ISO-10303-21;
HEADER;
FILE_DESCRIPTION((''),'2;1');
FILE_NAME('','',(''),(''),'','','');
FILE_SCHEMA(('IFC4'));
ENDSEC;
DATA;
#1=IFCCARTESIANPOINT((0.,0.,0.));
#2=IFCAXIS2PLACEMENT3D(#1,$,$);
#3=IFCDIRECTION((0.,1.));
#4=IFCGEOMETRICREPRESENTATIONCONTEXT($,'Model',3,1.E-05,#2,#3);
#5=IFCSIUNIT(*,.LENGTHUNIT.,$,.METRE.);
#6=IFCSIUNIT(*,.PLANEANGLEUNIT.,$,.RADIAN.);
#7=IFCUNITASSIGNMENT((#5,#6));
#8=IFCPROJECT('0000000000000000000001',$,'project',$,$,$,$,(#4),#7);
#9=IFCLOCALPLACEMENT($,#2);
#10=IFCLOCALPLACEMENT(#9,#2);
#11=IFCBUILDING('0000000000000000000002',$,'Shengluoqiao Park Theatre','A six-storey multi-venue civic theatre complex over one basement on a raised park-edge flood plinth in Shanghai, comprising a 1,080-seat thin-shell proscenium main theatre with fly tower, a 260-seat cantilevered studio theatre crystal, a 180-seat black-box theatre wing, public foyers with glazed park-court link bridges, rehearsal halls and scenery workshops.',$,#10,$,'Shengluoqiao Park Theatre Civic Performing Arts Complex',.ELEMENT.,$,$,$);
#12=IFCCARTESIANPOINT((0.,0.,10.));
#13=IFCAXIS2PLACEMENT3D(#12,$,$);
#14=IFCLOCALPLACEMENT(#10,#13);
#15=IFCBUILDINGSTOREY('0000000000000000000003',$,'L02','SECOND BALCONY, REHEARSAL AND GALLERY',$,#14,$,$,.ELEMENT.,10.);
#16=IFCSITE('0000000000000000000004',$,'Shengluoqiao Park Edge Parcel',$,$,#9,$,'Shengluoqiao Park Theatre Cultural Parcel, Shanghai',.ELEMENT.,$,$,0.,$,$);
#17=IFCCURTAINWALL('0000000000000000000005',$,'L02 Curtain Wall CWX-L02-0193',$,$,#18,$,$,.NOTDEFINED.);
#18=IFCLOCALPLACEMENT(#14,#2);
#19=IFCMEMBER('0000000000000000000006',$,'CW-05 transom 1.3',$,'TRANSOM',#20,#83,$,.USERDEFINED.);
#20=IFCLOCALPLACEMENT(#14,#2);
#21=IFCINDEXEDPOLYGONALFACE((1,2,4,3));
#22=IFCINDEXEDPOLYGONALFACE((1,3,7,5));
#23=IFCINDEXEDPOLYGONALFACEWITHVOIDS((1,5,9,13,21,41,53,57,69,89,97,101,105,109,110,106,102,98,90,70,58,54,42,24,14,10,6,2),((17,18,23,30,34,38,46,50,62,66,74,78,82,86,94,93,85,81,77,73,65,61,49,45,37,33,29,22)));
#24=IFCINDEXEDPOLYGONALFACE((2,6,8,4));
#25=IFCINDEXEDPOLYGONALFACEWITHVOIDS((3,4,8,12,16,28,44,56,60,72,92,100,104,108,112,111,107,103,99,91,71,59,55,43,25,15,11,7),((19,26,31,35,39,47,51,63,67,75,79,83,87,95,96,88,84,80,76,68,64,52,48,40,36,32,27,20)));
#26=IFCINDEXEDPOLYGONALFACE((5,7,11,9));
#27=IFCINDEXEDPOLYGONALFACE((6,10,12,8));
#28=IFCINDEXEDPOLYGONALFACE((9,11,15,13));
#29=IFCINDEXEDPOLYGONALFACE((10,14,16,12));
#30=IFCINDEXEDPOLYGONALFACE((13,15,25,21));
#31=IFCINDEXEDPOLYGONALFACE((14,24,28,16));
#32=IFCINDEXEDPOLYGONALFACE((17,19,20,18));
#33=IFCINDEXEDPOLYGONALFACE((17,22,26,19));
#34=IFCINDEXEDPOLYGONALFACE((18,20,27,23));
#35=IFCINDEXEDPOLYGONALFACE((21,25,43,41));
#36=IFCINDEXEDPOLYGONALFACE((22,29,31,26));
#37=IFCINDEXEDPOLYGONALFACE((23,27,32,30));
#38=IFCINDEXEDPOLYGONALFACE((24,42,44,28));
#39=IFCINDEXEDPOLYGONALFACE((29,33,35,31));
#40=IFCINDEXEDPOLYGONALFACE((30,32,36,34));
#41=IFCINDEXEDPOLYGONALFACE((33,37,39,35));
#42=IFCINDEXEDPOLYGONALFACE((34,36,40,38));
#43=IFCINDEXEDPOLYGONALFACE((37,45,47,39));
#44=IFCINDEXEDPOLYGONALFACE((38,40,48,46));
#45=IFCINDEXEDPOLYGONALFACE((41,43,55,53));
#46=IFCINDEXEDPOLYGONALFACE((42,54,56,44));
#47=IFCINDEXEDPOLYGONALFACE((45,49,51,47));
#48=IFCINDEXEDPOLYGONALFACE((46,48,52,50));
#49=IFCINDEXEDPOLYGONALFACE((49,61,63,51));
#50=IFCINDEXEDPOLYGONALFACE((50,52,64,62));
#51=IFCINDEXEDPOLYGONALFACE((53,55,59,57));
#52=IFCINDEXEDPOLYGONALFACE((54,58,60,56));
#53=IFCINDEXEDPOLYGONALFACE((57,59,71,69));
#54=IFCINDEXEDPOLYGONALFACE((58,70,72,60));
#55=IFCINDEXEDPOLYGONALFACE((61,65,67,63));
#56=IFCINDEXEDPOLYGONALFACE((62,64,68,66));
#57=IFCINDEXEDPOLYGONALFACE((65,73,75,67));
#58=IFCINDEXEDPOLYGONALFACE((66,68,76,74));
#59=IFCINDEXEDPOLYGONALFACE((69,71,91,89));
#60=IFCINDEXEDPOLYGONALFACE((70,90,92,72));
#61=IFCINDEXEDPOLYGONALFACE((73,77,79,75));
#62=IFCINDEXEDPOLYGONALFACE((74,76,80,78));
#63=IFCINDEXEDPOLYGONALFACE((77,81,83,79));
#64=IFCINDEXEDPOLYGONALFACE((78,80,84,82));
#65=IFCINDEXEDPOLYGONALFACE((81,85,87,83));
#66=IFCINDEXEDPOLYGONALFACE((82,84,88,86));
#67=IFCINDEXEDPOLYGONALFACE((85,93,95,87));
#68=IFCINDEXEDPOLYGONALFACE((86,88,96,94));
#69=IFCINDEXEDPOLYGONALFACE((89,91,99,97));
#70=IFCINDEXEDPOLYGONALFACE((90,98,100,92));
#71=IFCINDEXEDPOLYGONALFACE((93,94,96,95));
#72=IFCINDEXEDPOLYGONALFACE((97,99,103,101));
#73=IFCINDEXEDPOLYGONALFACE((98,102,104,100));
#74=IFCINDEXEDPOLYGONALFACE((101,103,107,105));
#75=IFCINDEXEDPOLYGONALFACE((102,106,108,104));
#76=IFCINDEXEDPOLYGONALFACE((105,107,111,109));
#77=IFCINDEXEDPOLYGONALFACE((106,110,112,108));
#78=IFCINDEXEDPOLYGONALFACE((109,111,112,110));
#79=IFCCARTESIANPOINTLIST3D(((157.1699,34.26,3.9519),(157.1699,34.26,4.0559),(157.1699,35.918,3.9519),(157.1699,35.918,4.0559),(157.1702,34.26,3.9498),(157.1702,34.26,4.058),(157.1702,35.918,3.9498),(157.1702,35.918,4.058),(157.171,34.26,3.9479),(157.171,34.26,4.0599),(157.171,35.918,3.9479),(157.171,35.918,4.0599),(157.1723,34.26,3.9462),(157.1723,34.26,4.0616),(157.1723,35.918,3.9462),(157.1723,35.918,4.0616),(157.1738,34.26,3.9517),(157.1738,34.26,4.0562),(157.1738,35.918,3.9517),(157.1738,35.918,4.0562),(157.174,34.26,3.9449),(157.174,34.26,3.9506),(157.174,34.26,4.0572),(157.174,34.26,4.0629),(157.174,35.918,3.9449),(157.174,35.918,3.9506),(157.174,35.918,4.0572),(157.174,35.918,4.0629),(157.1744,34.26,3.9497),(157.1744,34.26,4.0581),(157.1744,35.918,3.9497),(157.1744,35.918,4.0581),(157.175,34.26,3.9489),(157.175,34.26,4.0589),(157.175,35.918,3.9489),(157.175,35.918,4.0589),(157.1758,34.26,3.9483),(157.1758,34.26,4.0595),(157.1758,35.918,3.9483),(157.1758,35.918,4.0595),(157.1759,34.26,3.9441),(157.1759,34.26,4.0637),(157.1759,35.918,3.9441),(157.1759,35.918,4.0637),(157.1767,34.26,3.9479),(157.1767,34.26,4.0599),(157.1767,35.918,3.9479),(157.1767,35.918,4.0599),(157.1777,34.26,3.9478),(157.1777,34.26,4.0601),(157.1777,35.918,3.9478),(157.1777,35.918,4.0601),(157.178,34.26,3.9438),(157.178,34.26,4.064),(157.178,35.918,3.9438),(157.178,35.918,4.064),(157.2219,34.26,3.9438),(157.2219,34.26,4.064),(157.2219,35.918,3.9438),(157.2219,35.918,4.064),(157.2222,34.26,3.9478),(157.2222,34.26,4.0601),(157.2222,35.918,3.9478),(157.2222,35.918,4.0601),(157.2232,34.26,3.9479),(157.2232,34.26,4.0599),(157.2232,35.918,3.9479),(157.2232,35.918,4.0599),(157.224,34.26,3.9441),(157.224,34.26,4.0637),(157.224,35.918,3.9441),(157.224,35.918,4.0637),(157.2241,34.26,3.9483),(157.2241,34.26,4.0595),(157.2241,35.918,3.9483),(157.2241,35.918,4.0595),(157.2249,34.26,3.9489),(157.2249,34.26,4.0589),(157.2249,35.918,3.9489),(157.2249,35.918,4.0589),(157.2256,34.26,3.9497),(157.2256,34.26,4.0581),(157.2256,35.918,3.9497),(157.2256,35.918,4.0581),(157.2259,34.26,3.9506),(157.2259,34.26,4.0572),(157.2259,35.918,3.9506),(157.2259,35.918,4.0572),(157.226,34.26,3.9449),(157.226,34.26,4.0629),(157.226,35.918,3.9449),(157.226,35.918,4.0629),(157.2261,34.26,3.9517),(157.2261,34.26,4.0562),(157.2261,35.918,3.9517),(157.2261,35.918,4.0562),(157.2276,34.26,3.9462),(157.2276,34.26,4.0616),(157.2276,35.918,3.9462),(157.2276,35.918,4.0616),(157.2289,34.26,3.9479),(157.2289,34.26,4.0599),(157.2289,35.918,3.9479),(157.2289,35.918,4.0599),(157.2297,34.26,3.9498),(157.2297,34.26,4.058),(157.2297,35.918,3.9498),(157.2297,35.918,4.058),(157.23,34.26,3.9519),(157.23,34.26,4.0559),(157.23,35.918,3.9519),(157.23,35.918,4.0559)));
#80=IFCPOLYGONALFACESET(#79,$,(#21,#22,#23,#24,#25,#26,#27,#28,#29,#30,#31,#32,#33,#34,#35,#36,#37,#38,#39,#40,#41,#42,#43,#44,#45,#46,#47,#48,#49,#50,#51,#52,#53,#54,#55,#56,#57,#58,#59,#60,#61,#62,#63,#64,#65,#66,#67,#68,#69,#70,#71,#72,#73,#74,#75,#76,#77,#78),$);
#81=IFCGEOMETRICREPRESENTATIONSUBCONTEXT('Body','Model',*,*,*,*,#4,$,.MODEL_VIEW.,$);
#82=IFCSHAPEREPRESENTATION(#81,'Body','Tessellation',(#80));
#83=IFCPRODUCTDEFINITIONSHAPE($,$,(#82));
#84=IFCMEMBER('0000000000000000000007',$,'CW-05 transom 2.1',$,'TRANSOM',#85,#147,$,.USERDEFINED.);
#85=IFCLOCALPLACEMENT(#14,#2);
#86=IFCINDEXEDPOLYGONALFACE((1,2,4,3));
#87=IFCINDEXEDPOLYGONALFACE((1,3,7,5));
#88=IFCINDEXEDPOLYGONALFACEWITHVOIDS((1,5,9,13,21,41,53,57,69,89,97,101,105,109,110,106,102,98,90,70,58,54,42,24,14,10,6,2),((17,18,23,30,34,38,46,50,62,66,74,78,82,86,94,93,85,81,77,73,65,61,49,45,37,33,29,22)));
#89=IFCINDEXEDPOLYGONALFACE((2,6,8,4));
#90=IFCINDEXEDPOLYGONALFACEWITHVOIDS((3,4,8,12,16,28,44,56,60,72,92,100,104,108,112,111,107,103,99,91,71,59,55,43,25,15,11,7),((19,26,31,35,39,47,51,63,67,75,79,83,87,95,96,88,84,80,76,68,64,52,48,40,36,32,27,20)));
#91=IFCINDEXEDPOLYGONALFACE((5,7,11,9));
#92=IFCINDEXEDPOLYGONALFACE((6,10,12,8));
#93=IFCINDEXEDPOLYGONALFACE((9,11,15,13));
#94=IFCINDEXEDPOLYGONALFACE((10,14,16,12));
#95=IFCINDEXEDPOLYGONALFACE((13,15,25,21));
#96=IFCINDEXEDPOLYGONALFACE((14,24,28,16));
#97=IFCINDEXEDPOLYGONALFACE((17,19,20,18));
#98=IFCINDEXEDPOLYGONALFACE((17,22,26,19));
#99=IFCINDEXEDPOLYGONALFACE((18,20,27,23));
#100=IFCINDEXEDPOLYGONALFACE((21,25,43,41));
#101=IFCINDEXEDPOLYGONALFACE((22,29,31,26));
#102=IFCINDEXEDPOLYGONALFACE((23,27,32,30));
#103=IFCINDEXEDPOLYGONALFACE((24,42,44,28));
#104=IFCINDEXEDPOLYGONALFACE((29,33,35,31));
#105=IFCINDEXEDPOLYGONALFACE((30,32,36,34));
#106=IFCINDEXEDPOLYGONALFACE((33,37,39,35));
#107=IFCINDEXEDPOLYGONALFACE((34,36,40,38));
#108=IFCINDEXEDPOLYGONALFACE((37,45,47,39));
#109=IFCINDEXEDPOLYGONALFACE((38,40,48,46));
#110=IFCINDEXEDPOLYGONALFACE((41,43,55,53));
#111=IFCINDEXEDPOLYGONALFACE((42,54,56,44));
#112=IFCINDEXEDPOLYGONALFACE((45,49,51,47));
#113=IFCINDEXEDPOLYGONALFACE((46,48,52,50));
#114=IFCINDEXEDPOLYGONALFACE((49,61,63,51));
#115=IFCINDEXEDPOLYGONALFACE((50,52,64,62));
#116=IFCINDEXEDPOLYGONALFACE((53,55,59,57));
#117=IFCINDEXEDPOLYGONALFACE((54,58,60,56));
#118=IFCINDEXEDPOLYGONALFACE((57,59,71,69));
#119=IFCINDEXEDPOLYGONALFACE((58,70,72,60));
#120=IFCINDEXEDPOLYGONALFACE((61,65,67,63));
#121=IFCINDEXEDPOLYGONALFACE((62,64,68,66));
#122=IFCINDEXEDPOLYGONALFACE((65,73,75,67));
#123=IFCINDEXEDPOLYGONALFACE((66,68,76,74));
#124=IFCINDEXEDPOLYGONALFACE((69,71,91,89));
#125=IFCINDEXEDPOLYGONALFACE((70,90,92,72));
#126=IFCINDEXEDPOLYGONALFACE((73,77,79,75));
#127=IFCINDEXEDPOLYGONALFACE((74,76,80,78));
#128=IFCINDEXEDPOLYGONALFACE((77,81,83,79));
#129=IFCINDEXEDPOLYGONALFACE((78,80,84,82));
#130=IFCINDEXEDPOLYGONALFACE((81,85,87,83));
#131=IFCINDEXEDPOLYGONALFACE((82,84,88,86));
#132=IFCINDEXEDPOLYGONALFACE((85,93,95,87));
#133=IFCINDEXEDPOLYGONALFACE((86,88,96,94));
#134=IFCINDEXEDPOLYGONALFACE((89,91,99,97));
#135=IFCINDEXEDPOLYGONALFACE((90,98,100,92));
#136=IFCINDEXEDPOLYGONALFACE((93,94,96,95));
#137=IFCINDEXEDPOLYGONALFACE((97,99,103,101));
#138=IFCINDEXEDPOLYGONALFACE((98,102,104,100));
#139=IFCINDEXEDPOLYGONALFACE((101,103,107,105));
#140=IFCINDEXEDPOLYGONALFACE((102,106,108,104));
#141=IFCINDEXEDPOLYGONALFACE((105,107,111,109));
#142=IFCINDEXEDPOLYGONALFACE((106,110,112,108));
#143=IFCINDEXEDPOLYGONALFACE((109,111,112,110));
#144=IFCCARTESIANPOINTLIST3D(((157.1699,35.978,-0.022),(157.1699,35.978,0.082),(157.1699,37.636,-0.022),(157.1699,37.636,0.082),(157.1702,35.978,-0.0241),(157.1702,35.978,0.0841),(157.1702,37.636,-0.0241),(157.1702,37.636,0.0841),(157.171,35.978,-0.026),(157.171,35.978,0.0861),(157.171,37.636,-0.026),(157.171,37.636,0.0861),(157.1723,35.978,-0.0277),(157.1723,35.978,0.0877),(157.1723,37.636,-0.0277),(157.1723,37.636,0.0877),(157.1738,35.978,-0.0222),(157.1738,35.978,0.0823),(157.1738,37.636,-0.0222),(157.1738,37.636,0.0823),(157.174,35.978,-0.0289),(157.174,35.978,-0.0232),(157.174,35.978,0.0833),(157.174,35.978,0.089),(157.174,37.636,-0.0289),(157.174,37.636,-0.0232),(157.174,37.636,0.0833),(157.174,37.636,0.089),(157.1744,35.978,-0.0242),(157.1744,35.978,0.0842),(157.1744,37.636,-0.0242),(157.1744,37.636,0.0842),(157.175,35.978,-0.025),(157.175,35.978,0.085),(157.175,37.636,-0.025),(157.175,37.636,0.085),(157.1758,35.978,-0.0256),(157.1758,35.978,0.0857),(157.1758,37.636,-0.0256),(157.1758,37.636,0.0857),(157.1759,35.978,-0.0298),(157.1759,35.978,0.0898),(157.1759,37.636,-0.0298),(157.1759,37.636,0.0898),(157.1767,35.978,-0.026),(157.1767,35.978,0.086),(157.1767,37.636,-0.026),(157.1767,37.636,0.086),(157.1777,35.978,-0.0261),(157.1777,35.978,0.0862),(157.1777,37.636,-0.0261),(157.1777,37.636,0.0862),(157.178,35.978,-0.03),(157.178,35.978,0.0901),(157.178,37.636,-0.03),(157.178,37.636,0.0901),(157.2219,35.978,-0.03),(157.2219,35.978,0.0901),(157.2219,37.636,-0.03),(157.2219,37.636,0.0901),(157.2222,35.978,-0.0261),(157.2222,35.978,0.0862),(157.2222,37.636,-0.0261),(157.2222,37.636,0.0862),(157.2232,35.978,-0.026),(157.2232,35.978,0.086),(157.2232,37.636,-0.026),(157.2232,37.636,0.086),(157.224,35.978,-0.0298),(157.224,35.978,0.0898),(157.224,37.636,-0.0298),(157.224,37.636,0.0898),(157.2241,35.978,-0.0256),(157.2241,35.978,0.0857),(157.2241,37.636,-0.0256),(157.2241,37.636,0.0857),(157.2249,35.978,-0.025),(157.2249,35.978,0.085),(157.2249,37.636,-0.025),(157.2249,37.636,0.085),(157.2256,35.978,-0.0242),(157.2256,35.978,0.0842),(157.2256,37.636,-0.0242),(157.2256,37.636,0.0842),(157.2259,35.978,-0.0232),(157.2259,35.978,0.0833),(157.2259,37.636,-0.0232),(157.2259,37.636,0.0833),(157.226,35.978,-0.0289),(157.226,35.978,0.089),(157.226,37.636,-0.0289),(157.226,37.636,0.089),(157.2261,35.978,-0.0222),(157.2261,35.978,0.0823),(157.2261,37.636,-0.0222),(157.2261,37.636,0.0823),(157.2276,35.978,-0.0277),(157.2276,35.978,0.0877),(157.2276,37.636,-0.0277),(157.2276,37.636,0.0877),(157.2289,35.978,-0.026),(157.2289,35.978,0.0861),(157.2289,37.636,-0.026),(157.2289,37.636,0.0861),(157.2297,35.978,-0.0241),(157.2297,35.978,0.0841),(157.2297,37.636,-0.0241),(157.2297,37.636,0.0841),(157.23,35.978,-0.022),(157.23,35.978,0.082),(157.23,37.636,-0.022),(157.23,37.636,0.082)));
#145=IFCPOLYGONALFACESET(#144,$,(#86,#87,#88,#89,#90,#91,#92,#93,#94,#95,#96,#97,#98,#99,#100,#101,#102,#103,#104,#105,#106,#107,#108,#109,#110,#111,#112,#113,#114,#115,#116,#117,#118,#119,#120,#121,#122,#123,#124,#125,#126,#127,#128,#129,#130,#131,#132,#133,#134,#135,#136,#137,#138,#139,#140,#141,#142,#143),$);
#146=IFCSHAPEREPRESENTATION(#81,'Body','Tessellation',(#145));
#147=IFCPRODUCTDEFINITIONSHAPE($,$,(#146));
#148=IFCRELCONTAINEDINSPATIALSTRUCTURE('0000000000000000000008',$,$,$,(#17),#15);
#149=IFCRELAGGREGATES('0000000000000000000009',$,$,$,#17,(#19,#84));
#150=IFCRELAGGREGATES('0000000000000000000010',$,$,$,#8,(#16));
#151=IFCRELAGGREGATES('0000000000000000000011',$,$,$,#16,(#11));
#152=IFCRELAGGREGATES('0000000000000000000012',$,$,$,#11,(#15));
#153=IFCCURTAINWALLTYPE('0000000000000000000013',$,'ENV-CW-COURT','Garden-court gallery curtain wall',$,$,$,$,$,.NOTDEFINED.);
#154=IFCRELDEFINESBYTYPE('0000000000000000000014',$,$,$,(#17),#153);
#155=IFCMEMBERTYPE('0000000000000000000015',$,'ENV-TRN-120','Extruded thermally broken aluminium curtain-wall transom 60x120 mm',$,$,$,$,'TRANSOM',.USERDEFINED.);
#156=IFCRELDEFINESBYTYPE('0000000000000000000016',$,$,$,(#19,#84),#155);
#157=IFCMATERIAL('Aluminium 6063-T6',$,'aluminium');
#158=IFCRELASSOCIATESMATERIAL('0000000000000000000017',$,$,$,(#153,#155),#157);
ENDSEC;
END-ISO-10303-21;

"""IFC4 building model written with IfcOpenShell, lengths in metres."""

from ifc_helpers import new_model, si_unit, direction, frame, origin, origin_2d, place, context, subcontext, project, spatial, hollow_rectangle, extrude, material, material_profile, profile_set, type_object, element, aggregate, save


model = new_model("IFC4")

# Units and contexts
model_context = context("Model", 3, precision=1e-05, world=origin(), true_north=direction((0.0, 1.0)))
body_context = subcontext(model_context, "Body", "Model", "MODEL_VIEW")
ifc_project = project(units=[si_unit("LENGTHUNIT", "METRE"), si_unit("PLANEANGLEUNIT", "RADIAN")], contexts=[model_context])

# Site, building, storey
site_placement = place(None, origin())
site = spatial("IfcSite", under=ifc_project, at=site_placement, Name="Shengluoqiao Park Edge Parcel", LongName="Shengluoqiao Park Theatre Cultural Parcel, Shanghai", CompositionType="ELEMENT", RefElevation=0.0)
building_placement = place(site_placement, origin())
building = spatial("IfcBuilding", under=site, at=building_placement, Name="Shengluoqiao Park Theatre", Description="A six-storey multi-venue civic theatre complex over one basement on a raised park-edge flood plinth in Shanghai, comprising a 1,080-seat thin-shell proscenium main theatre with fly tower, a 260-seat cantilevered studio theatre crystal, a 180-seat black-box theatre wing, public foyers with glazed park-court link bridges, rehearsal halls and scenery workshops.", LongName="Shengluoqiao Park Theatre Civic Performing Arts Complex", CompositionType="ELEMENT")
storey_placement = place(building_placement, frame((0.0, 0.0, 10.0)))
storey = spatial("IfcBuildingStorey", under=building, at=storey_placement, Name="L02", Description="SECOND BALCONY, REHEARSAL AND GALLERY", CompositionType="ELEMENT", Elevation=10.0)

# Curtain wall
ifc_material_1 = material(Name="Aluminium 6063-T6", Category="aluminium")
curtain_wall_type = type_object("IfcCurtainWallType", Name="ENV-CW-COURT", Description="Garden-court gallery curtain wall", PredefinedType="NOTDEFINED", material=ifc_material_1)
curtain_wall_1_placement = place(storey_placement, origin())
curtain_wall_1 = element("IfcCurtainWall", 1, at=curtain_wall_1_placement, inside=storey, type_object=curtain_wall_type, Name="L02 Curtain Wall CWX-L02-0193", PredefinedType="NOTDEFINED")

# Members
ifc_material_profile_1 = material_profile(ifc_material_1, hollow_rectangle(XDim=0.0601, YDim=0.1201, WallThickness=0.0039, InnerFilletRadius=0.0039, OuterFilletRadius=0.0081, at=origin_2d()), Name="ALU TRANSOM 120x60x4")
ifc_profile_set_1 = profile_set([ifc_material_profile_1], Name="Aluminium 6063-T6")
member_type_1 = type_object("IfcMemberType", Name="ENV-TRN-120", Description="Extruded thermally broken aluminium curtain-wall transom 60x120 mm", ElementType="TRANSOM", PredefinedType="USERDEFINED", material=ifc_profile_set_1)
member_1_placement = place(storey_placement, frame((157.2, 34.26, 4.0039), z_axis=(0.0, 1.0, 0.0), x_axis=(-1.0, 0.0, 0.0)))
member_1 = element("IfcMember", 2, at=member_1_placement, type_object=member_type_1, Name="CW-05 transom 1.3", ObjectType="TRANSOM", PredefinedType="USERDEFINED", context=body_context, shape_type="SweptSolid", body=[
    extrude(hollow_rectangle(XDim=0.0601, YDim=0.1201, WallThickness=0.0039, InnerFilletRadius=0.0039, OuterFilletRadius=0.0081, at=origin_2d()), origin(), (0.0, 0.0, 1.0), 1.658),
])
member_2_placement = place(storey_placement, frame((157.2, 35.978, 0.03), z_axis=(0.0, 1.0, 0.0), x_axis=(-1.0, 0.0, 0.0)))
member_2 = element("IfcMember", 3, at=member_2_placement, type_object=member_type_1, Name="CW-05 transom 2.1", ObjectType="TRANSOM", PredefinedType="USERDEFINED", context=body_context, shape_type="SweptSolid", body=[
    extrude(hollow_rectangle(XDim=0.0601, YDim=0.1201, WallThickness=0.0039, InnerFilletRadius=0.0039, OuterFilletRadius=0.0081, at=origin_2d()), origin(), (0.0, 0.0, 1.0), 1.658),
])

aggregate(curtain_wall_1, [member_1, member_2])

save(model, "model.ifc")
